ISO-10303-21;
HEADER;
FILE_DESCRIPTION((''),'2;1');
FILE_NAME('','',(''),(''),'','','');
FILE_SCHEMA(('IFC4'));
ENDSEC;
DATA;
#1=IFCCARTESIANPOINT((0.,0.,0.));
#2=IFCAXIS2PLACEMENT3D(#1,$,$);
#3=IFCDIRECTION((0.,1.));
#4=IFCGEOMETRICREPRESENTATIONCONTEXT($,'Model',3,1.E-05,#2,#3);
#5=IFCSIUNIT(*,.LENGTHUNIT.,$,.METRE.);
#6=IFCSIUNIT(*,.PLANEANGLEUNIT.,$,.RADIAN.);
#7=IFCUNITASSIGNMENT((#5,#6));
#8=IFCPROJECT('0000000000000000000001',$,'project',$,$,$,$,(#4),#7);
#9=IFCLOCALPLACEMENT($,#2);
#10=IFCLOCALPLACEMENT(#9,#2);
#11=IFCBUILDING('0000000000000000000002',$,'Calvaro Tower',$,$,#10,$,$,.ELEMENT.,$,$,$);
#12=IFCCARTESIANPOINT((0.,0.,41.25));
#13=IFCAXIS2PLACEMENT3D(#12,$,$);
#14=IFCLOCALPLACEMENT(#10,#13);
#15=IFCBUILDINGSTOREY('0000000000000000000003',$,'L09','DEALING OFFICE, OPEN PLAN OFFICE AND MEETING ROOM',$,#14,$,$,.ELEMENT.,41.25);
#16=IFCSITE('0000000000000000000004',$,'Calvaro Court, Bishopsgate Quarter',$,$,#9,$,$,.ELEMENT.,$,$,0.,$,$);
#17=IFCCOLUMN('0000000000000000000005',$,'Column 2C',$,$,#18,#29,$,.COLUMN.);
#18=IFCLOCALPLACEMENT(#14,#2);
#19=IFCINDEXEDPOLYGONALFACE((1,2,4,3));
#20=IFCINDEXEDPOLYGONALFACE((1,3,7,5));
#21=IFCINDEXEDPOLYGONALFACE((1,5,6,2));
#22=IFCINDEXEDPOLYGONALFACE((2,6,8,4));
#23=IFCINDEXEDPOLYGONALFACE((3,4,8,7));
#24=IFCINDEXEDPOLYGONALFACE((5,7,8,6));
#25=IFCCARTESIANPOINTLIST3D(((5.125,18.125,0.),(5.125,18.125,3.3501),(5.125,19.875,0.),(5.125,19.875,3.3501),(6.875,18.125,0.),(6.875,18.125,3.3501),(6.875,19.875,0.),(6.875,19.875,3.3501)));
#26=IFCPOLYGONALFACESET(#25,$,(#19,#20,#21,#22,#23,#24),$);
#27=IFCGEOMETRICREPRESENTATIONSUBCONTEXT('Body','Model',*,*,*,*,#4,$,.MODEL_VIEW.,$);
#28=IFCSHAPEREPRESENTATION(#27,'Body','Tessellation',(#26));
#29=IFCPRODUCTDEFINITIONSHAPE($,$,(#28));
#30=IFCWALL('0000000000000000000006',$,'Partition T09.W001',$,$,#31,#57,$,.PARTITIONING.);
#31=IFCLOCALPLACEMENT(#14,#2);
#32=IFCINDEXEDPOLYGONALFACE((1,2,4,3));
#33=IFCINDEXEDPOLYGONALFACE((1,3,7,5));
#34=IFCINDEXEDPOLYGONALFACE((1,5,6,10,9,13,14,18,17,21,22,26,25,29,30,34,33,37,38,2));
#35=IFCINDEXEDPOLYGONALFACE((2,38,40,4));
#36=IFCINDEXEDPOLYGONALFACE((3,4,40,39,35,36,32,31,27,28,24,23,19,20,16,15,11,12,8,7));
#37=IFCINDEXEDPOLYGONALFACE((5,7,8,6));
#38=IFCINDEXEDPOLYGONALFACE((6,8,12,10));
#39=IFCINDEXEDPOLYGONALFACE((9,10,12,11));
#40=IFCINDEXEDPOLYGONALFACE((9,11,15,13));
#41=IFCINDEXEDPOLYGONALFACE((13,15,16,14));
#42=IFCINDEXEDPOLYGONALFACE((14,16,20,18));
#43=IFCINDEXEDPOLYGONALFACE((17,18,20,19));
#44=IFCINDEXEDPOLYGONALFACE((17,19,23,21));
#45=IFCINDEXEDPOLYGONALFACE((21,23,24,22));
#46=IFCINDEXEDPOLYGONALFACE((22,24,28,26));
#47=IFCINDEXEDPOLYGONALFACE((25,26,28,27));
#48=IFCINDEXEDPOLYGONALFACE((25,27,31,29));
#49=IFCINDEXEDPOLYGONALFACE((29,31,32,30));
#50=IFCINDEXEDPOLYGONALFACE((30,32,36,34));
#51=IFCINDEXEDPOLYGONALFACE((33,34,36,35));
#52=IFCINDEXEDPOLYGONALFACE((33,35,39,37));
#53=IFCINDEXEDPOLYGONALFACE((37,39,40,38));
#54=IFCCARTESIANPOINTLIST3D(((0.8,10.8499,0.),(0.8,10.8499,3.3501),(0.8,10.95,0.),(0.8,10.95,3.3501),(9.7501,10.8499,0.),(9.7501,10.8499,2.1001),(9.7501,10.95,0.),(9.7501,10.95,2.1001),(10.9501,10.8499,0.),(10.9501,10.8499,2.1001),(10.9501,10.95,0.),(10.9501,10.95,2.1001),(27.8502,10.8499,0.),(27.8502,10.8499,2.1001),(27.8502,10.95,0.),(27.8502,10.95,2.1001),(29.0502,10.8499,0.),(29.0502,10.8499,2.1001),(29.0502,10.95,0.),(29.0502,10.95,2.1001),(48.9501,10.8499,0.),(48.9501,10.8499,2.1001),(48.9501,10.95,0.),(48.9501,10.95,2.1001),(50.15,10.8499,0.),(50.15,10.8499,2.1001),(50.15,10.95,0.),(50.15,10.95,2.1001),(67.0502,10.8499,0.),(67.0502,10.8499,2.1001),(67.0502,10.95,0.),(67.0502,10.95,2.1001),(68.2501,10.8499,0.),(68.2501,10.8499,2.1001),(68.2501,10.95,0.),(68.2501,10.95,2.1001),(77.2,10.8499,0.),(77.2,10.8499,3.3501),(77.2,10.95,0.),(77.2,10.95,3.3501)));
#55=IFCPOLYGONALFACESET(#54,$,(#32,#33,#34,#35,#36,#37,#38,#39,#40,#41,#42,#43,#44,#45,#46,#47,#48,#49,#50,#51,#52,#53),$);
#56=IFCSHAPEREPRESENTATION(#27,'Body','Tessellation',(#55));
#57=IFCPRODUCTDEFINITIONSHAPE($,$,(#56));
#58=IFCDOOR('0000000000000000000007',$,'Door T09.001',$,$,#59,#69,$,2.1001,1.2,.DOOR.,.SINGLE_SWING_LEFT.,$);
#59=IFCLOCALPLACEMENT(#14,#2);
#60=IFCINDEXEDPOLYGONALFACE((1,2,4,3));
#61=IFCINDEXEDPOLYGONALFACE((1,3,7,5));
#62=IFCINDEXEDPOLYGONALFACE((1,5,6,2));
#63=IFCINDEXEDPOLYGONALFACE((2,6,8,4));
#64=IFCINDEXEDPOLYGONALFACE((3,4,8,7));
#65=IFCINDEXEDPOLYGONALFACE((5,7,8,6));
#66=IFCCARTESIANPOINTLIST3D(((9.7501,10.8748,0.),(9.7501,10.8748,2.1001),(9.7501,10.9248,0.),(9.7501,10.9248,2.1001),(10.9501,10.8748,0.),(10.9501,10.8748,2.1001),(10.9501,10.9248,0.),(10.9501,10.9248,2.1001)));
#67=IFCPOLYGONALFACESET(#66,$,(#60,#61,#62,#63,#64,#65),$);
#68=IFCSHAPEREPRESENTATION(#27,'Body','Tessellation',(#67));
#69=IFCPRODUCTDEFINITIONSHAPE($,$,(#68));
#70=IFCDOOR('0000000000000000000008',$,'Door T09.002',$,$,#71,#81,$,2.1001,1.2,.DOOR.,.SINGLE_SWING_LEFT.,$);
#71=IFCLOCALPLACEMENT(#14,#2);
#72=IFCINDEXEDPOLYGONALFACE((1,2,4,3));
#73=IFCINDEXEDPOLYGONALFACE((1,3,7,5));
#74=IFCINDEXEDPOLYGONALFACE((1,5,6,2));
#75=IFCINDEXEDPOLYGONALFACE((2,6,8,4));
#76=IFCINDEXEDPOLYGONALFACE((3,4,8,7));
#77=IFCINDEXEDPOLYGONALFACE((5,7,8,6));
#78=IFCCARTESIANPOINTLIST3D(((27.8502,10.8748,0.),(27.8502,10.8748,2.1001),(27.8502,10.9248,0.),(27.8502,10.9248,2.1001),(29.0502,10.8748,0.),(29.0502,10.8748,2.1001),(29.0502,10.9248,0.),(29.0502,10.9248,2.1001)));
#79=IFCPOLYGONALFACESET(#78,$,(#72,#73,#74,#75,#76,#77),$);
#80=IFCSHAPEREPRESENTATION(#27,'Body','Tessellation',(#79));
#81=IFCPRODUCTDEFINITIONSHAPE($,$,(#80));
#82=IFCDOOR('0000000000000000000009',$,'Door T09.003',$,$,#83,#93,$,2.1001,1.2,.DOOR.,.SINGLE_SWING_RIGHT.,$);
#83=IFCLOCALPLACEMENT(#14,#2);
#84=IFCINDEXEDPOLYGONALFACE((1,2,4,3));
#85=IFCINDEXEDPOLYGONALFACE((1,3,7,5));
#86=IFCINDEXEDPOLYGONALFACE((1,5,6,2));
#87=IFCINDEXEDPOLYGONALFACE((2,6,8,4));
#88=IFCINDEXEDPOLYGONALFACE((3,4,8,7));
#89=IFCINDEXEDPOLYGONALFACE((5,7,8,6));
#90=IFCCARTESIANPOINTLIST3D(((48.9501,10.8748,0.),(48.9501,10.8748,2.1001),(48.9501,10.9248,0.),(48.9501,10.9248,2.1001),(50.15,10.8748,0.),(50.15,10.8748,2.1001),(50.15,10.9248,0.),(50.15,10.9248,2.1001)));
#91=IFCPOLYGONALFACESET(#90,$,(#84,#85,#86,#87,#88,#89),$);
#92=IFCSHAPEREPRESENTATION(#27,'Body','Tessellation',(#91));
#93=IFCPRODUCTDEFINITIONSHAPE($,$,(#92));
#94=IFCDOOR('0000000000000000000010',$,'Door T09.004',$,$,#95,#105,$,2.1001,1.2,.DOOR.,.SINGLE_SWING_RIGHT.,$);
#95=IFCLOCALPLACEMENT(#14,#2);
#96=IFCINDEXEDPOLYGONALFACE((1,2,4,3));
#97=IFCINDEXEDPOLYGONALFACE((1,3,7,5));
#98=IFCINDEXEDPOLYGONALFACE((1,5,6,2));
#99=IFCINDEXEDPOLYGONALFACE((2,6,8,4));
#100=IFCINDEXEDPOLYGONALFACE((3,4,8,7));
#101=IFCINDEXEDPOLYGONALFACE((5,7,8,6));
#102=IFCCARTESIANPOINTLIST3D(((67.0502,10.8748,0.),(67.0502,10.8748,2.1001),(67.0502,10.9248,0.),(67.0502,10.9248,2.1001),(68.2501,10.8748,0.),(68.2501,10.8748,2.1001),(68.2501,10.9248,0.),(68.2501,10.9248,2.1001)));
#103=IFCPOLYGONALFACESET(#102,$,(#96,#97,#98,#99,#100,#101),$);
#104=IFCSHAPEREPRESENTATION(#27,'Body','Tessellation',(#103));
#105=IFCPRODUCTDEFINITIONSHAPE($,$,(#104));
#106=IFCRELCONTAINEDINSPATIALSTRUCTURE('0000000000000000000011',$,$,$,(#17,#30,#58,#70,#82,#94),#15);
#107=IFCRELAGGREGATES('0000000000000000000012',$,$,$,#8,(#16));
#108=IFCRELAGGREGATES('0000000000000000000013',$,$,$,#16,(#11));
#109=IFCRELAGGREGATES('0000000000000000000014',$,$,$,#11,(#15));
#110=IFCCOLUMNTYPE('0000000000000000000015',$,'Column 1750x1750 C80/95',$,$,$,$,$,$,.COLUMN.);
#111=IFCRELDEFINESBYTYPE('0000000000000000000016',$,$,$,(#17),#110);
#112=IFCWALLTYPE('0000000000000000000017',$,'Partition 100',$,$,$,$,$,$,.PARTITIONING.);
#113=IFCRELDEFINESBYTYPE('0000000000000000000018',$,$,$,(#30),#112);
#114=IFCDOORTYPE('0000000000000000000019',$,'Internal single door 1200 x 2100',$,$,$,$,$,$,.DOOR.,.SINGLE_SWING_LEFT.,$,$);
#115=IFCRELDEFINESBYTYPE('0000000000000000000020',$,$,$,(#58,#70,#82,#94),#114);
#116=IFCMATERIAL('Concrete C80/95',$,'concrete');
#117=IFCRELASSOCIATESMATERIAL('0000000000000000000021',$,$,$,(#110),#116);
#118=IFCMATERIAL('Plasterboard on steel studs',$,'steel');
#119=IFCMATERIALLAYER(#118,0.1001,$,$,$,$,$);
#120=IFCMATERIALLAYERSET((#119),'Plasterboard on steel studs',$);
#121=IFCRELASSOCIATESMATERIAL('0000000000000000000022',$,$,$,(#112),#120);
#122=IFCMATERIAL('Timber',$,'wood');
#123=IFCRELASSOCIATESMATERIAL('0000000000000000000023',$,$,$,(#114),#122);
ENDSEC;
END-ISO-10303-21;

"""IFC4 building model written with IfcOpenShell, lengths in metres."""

from ifc_helpers import new_model, si_unit, direction, frame, frame_2d, origin, origin_2d, place, context, subcontext, project, spatial, rectangle, extrude, material, layer, layer_set, material_profile, profile_set, type_object, element, fill, save


model = new_model("IFC4")

# Units and contexts
model_context = context("Model", 3, precision=1e-05, world=origin(), true_north=direction((0.0, 1.0)))
body_context = subcontext(model_context, "Body", "Model", "MODEL_VIEW")
ifc_project = project(units=[si_unit("LENGTHUNIT", "METRE"), si_unit("PLANEANGLEUNIT", "RADIAN")], contexts=[model_context])

# Site, building, storey
site_placement = place(None, origin())
site = spatial("IfcSite", under=ifc_project, at=site_placement, Name="Calvaro Court, Bishopsgate Quarter", CompositionType="ELEMENT", RefElevation=0.0)
building_placement = place(site_placement, origin())
building = spatial("IfcBuilding", under=site, at=building_placement, Name="Calvaro Tower", CompositionType="ELEMENT")
storey_placement = place(building_placement, frame((0.0, 0.0, 41.25)))
storey = spatial("IfcBuildingStorey", under=building, at=storey_placement, Name="L09", Description="DEALING OFFICE, OPEN PLAN OFFICE AND MEETING ROOM", CompositionType="ELEMENT", Elevation=41.25)

# Column
ifc_material_1 = material(Name="Concrete C80/95", Category="concrete")
ifc_material_profile = material_profile(ifc_material_1, rectangle(XDim=1.75, YDim=1.75, at=origin_2d()), Name="RC 1750x1750")
ifc_profile_set = profile_set([ifc_material_profile], Name="Concrete C80/95")
column_type = type_object("IfcColumnType", Name="Column 1750x1750 C80/95", PredefinedType="COLUMN", material=ifc_profile_set)
column_placement = place(storey_placement, frame((6.0, 19.0, 0.0), z_axis=(0.0, 0.0, 1.0), x_axis=(1.0, 0.0, 0.0)))
element("IfcColumn", 1, at=column_placement, inside=storey, type_object=column_type, Name="Column 2C", PredefinedType="COLUMN", context=body_context, shape_type="SweptSolid", body=[
    extrude(rectangle(XDim=1.75, YDim=1.75, at=origin_2d()), origin(), (0.0, 0.0, 1.0), 3.3501),
])

# Wall, openings, doors
ifc_material_2 = material(Name="Plasterboard on steel studs", Category="steel")
ifc_layer = layer(ifc_material_2, 0.1001)
ifc_layer_set = layer_set([ifc_layer], Name="Plasterboard on steel studs")
wall_type = type_object("IfcWallType", Name="Partition 100", PredefinedType="PARTITIONING", material=ifc_layer_set)
wall_1_placement = place(storey_placement, frame((0.8, 10.8999, 0.0), z_axis=(0.0, 0.0, 1.0), x_axis=(1.0, 0.0, 0.0)))
wall_1 = element("IfcWall", 2, at=wall_1_placement, inside=storey, type_object=wall_type, Name="Partition T09.W001", PredefinedType="PARTITIONING", context=body_context, shape_type="SweptSolid", body=[
    extrude(rectangle(XDim=76.3999, YDim=0.1001, at=frame_2d((38.2, 0.0))), origin(), (0.0, 0.0, 1.0), 3.3501),
])
opening_1_placement = place(wall_1_placement, frame((8.95, 0.0, 0.0)))
opening_1 = element("IfcOpeningElement", 3, at=opening_1_placement, cuts=wall_1, PredefinedType="OPENING", context=body_context, shape_type="SweptSolid", body=[
    extrude(rectangle(XDim=1.2, YDim=2.1001, at=frame_2d((0.6001, 1.05))), frame((0.0, 0.0601, 0.0), z_axis=(0.0, -1.0, 0.0), x_axis=(1.0, 0.0, 0.0)), (0.0, 0.0, 1.0), 0.1201),
])
opening_2_placement = place(wall_1_placement, frame((27.05, 0.0, 0.0)))
opening_2 = element("IfcOpeningElement", 4, at=opening_2_placement, cuts=wall_1, PredefinedType="OPENING", context=body_context, shape_type="SweptSolid", body=[
    extrude(rectangle(XDim=1.2, YDim=2.1001, at=frame_2d((0.6001, 1.05))), frame((0.0, 0.0601, 0.0), z_axis=(0.0, -1.0, 0.0), x_axis=(1.0, 0.0, 0.0)), (0.0, 0.0, 1.0), 0.1201),
])
opening_3_placement = place(wall_1_placement, frame((48.1499, 0.0, 0.0)))
opening_3 = element("IfcOpeningElement", 5, at=opening_3_placement, cuts=wall_1, PredefinedType="OPENING", context=body_context, shape_type="SweptSolid", body=[
    extrude(rectangle(XDim=1.2, YDim=2.1001, at=frame_2d((0.6001, 1.05))), frame((0.0, 0.0601, 0.0), z_axis=(0.0, -1.0, 0.0), x_axis=(1.0, 0.0, 0.0)), (0.0, 0.0, 1.0), 0.1201),
])
opening_4_placement = place(wall_1_placement, frame((66.25, 0.0, 0.0)))
opening_4 = element("IfcOpeningElement", 6, at=opening_4_placement, cuts=wall_1, PredefinedType="OPENING", context=body_context, shape_type="SweptSolid", body=[
    extrude(rectangle(XDim=1.2, YDim=2.1001, at=frame_2d((0.6001, 1.05))), frame((0.0, 0.0601, 0.0), z_axis=(0.0, -1.0, 0.0), x_axis=(1.0, 0.0, 0.0)), (0.0, 0.0, 1.0), 0.1201),
])
ifc_material_3 = material(Name="Timber", Category="wood")
door_type_1 = type_object("IfcDoorType", Name="Internal single door 1200 x 2100", OperationType="SINGLE_SWING_LEFT", PredefinedType="DOOR", material=ifc_material_3)
door_1_placement = place(opening_1_placement, origin())
door_1 = element("IfcDoor", 7, at=door_1_placement, inside=storey, type_object=door_type_1, Name="Door T09.001", OperationType="SINGLE_SWING_LEFT", OverallHeight=2.1001, OverallWidth=1.2, PredefinedType="DOOR", context=body_context, shape_type="SweptSolid", body=[
    extrude(rectangle(XDim=1.2, YDim=2.1001, at=frame_2d((0.6001, 1.05))), frame((0.0, 0.0249, 0.0), z_axis=(0.0, -1.0, 0.0), x_axis=(1.0, 0.0, 0.0)), (0.0, 0.0, 1.0), 0.05),
])
fill(opening_1, door_1)
door_2_placement = place(opening_2_placement, origin())
door_2 = element("IfcDoor", 8, at=door_2_placement, inside=storey, type_object=door_type_1, Name="Door T09.002", OperationType="SINGLE_SWING_LEFT", OverallHeight=2.1001, OverallWidth=1.2, PredefinedType="DOOR", context=body_context, shape_type="SweptSolid", body=[
    extrude(rectangle(XDim=1.2, YDim=2.1001, at=frame_2d((0.6001, 1.05))), frame((0.0, 0.0249, 0.0), z_axis=(0.0, -1.0, 0.0), x_axis=(1.0, 0.0, 0.0)), (0.0, 0.0, 1.0), 0.05),
])
fill(opening_2, door_2)
door_3_placement = place(opening_3_placement, origin())
door_3 = element("IfcDoor", 9, at=door_3_placement, inside=storey, type_object=door_type_1, Name="Door T09.003", OperationType="SINGLE_SWING_RIGHT", OverallHeight=2.1001, OverallWidth=1.2, PredefinedType="DOOR", context=body_context, shape_type="SweptSolid", body=[
    extrude(rectangle(XDim=1.2, YDim=2.1001, at=frame_2d((0.6001, 1.05))), frame((0.0, 0.0249, 0.0), z_axis=(0.0, -1.0, 0.0), x_axis=(1.0, 0.0, 0.0)), (0.0, 0.0, 1.0), 0.05),
])
fill(opening_3, door_3)
door_4_placement = place(opening_4_placement, origin())
door_4 = element("IfcDoor", 10, at=door_4_placement, inside=storey, type_object=door_type_1, Name="Door T09.004", OperationType="SINGLE_SWING_RIGHT", OverallHeight=2.1001, OverallWidth=1.2, PredefinedType="DOOR", context=body_context, shape_type="SweptSolid", body=[
    extrude(rectangle(XDim=1.2, YDim=2.1001, at=frame_2d((0.6001, 1.05))), frame((0.0, 0.0249, 0.0), z_axis=(0.0, -1.0, 0.0), x_axis=(1.0, 0.0, 0.0)), (0.0, 0.0, 1.0), 0.05),
])
fill(opening_4, door_4)

save(model, "model.ifc")
